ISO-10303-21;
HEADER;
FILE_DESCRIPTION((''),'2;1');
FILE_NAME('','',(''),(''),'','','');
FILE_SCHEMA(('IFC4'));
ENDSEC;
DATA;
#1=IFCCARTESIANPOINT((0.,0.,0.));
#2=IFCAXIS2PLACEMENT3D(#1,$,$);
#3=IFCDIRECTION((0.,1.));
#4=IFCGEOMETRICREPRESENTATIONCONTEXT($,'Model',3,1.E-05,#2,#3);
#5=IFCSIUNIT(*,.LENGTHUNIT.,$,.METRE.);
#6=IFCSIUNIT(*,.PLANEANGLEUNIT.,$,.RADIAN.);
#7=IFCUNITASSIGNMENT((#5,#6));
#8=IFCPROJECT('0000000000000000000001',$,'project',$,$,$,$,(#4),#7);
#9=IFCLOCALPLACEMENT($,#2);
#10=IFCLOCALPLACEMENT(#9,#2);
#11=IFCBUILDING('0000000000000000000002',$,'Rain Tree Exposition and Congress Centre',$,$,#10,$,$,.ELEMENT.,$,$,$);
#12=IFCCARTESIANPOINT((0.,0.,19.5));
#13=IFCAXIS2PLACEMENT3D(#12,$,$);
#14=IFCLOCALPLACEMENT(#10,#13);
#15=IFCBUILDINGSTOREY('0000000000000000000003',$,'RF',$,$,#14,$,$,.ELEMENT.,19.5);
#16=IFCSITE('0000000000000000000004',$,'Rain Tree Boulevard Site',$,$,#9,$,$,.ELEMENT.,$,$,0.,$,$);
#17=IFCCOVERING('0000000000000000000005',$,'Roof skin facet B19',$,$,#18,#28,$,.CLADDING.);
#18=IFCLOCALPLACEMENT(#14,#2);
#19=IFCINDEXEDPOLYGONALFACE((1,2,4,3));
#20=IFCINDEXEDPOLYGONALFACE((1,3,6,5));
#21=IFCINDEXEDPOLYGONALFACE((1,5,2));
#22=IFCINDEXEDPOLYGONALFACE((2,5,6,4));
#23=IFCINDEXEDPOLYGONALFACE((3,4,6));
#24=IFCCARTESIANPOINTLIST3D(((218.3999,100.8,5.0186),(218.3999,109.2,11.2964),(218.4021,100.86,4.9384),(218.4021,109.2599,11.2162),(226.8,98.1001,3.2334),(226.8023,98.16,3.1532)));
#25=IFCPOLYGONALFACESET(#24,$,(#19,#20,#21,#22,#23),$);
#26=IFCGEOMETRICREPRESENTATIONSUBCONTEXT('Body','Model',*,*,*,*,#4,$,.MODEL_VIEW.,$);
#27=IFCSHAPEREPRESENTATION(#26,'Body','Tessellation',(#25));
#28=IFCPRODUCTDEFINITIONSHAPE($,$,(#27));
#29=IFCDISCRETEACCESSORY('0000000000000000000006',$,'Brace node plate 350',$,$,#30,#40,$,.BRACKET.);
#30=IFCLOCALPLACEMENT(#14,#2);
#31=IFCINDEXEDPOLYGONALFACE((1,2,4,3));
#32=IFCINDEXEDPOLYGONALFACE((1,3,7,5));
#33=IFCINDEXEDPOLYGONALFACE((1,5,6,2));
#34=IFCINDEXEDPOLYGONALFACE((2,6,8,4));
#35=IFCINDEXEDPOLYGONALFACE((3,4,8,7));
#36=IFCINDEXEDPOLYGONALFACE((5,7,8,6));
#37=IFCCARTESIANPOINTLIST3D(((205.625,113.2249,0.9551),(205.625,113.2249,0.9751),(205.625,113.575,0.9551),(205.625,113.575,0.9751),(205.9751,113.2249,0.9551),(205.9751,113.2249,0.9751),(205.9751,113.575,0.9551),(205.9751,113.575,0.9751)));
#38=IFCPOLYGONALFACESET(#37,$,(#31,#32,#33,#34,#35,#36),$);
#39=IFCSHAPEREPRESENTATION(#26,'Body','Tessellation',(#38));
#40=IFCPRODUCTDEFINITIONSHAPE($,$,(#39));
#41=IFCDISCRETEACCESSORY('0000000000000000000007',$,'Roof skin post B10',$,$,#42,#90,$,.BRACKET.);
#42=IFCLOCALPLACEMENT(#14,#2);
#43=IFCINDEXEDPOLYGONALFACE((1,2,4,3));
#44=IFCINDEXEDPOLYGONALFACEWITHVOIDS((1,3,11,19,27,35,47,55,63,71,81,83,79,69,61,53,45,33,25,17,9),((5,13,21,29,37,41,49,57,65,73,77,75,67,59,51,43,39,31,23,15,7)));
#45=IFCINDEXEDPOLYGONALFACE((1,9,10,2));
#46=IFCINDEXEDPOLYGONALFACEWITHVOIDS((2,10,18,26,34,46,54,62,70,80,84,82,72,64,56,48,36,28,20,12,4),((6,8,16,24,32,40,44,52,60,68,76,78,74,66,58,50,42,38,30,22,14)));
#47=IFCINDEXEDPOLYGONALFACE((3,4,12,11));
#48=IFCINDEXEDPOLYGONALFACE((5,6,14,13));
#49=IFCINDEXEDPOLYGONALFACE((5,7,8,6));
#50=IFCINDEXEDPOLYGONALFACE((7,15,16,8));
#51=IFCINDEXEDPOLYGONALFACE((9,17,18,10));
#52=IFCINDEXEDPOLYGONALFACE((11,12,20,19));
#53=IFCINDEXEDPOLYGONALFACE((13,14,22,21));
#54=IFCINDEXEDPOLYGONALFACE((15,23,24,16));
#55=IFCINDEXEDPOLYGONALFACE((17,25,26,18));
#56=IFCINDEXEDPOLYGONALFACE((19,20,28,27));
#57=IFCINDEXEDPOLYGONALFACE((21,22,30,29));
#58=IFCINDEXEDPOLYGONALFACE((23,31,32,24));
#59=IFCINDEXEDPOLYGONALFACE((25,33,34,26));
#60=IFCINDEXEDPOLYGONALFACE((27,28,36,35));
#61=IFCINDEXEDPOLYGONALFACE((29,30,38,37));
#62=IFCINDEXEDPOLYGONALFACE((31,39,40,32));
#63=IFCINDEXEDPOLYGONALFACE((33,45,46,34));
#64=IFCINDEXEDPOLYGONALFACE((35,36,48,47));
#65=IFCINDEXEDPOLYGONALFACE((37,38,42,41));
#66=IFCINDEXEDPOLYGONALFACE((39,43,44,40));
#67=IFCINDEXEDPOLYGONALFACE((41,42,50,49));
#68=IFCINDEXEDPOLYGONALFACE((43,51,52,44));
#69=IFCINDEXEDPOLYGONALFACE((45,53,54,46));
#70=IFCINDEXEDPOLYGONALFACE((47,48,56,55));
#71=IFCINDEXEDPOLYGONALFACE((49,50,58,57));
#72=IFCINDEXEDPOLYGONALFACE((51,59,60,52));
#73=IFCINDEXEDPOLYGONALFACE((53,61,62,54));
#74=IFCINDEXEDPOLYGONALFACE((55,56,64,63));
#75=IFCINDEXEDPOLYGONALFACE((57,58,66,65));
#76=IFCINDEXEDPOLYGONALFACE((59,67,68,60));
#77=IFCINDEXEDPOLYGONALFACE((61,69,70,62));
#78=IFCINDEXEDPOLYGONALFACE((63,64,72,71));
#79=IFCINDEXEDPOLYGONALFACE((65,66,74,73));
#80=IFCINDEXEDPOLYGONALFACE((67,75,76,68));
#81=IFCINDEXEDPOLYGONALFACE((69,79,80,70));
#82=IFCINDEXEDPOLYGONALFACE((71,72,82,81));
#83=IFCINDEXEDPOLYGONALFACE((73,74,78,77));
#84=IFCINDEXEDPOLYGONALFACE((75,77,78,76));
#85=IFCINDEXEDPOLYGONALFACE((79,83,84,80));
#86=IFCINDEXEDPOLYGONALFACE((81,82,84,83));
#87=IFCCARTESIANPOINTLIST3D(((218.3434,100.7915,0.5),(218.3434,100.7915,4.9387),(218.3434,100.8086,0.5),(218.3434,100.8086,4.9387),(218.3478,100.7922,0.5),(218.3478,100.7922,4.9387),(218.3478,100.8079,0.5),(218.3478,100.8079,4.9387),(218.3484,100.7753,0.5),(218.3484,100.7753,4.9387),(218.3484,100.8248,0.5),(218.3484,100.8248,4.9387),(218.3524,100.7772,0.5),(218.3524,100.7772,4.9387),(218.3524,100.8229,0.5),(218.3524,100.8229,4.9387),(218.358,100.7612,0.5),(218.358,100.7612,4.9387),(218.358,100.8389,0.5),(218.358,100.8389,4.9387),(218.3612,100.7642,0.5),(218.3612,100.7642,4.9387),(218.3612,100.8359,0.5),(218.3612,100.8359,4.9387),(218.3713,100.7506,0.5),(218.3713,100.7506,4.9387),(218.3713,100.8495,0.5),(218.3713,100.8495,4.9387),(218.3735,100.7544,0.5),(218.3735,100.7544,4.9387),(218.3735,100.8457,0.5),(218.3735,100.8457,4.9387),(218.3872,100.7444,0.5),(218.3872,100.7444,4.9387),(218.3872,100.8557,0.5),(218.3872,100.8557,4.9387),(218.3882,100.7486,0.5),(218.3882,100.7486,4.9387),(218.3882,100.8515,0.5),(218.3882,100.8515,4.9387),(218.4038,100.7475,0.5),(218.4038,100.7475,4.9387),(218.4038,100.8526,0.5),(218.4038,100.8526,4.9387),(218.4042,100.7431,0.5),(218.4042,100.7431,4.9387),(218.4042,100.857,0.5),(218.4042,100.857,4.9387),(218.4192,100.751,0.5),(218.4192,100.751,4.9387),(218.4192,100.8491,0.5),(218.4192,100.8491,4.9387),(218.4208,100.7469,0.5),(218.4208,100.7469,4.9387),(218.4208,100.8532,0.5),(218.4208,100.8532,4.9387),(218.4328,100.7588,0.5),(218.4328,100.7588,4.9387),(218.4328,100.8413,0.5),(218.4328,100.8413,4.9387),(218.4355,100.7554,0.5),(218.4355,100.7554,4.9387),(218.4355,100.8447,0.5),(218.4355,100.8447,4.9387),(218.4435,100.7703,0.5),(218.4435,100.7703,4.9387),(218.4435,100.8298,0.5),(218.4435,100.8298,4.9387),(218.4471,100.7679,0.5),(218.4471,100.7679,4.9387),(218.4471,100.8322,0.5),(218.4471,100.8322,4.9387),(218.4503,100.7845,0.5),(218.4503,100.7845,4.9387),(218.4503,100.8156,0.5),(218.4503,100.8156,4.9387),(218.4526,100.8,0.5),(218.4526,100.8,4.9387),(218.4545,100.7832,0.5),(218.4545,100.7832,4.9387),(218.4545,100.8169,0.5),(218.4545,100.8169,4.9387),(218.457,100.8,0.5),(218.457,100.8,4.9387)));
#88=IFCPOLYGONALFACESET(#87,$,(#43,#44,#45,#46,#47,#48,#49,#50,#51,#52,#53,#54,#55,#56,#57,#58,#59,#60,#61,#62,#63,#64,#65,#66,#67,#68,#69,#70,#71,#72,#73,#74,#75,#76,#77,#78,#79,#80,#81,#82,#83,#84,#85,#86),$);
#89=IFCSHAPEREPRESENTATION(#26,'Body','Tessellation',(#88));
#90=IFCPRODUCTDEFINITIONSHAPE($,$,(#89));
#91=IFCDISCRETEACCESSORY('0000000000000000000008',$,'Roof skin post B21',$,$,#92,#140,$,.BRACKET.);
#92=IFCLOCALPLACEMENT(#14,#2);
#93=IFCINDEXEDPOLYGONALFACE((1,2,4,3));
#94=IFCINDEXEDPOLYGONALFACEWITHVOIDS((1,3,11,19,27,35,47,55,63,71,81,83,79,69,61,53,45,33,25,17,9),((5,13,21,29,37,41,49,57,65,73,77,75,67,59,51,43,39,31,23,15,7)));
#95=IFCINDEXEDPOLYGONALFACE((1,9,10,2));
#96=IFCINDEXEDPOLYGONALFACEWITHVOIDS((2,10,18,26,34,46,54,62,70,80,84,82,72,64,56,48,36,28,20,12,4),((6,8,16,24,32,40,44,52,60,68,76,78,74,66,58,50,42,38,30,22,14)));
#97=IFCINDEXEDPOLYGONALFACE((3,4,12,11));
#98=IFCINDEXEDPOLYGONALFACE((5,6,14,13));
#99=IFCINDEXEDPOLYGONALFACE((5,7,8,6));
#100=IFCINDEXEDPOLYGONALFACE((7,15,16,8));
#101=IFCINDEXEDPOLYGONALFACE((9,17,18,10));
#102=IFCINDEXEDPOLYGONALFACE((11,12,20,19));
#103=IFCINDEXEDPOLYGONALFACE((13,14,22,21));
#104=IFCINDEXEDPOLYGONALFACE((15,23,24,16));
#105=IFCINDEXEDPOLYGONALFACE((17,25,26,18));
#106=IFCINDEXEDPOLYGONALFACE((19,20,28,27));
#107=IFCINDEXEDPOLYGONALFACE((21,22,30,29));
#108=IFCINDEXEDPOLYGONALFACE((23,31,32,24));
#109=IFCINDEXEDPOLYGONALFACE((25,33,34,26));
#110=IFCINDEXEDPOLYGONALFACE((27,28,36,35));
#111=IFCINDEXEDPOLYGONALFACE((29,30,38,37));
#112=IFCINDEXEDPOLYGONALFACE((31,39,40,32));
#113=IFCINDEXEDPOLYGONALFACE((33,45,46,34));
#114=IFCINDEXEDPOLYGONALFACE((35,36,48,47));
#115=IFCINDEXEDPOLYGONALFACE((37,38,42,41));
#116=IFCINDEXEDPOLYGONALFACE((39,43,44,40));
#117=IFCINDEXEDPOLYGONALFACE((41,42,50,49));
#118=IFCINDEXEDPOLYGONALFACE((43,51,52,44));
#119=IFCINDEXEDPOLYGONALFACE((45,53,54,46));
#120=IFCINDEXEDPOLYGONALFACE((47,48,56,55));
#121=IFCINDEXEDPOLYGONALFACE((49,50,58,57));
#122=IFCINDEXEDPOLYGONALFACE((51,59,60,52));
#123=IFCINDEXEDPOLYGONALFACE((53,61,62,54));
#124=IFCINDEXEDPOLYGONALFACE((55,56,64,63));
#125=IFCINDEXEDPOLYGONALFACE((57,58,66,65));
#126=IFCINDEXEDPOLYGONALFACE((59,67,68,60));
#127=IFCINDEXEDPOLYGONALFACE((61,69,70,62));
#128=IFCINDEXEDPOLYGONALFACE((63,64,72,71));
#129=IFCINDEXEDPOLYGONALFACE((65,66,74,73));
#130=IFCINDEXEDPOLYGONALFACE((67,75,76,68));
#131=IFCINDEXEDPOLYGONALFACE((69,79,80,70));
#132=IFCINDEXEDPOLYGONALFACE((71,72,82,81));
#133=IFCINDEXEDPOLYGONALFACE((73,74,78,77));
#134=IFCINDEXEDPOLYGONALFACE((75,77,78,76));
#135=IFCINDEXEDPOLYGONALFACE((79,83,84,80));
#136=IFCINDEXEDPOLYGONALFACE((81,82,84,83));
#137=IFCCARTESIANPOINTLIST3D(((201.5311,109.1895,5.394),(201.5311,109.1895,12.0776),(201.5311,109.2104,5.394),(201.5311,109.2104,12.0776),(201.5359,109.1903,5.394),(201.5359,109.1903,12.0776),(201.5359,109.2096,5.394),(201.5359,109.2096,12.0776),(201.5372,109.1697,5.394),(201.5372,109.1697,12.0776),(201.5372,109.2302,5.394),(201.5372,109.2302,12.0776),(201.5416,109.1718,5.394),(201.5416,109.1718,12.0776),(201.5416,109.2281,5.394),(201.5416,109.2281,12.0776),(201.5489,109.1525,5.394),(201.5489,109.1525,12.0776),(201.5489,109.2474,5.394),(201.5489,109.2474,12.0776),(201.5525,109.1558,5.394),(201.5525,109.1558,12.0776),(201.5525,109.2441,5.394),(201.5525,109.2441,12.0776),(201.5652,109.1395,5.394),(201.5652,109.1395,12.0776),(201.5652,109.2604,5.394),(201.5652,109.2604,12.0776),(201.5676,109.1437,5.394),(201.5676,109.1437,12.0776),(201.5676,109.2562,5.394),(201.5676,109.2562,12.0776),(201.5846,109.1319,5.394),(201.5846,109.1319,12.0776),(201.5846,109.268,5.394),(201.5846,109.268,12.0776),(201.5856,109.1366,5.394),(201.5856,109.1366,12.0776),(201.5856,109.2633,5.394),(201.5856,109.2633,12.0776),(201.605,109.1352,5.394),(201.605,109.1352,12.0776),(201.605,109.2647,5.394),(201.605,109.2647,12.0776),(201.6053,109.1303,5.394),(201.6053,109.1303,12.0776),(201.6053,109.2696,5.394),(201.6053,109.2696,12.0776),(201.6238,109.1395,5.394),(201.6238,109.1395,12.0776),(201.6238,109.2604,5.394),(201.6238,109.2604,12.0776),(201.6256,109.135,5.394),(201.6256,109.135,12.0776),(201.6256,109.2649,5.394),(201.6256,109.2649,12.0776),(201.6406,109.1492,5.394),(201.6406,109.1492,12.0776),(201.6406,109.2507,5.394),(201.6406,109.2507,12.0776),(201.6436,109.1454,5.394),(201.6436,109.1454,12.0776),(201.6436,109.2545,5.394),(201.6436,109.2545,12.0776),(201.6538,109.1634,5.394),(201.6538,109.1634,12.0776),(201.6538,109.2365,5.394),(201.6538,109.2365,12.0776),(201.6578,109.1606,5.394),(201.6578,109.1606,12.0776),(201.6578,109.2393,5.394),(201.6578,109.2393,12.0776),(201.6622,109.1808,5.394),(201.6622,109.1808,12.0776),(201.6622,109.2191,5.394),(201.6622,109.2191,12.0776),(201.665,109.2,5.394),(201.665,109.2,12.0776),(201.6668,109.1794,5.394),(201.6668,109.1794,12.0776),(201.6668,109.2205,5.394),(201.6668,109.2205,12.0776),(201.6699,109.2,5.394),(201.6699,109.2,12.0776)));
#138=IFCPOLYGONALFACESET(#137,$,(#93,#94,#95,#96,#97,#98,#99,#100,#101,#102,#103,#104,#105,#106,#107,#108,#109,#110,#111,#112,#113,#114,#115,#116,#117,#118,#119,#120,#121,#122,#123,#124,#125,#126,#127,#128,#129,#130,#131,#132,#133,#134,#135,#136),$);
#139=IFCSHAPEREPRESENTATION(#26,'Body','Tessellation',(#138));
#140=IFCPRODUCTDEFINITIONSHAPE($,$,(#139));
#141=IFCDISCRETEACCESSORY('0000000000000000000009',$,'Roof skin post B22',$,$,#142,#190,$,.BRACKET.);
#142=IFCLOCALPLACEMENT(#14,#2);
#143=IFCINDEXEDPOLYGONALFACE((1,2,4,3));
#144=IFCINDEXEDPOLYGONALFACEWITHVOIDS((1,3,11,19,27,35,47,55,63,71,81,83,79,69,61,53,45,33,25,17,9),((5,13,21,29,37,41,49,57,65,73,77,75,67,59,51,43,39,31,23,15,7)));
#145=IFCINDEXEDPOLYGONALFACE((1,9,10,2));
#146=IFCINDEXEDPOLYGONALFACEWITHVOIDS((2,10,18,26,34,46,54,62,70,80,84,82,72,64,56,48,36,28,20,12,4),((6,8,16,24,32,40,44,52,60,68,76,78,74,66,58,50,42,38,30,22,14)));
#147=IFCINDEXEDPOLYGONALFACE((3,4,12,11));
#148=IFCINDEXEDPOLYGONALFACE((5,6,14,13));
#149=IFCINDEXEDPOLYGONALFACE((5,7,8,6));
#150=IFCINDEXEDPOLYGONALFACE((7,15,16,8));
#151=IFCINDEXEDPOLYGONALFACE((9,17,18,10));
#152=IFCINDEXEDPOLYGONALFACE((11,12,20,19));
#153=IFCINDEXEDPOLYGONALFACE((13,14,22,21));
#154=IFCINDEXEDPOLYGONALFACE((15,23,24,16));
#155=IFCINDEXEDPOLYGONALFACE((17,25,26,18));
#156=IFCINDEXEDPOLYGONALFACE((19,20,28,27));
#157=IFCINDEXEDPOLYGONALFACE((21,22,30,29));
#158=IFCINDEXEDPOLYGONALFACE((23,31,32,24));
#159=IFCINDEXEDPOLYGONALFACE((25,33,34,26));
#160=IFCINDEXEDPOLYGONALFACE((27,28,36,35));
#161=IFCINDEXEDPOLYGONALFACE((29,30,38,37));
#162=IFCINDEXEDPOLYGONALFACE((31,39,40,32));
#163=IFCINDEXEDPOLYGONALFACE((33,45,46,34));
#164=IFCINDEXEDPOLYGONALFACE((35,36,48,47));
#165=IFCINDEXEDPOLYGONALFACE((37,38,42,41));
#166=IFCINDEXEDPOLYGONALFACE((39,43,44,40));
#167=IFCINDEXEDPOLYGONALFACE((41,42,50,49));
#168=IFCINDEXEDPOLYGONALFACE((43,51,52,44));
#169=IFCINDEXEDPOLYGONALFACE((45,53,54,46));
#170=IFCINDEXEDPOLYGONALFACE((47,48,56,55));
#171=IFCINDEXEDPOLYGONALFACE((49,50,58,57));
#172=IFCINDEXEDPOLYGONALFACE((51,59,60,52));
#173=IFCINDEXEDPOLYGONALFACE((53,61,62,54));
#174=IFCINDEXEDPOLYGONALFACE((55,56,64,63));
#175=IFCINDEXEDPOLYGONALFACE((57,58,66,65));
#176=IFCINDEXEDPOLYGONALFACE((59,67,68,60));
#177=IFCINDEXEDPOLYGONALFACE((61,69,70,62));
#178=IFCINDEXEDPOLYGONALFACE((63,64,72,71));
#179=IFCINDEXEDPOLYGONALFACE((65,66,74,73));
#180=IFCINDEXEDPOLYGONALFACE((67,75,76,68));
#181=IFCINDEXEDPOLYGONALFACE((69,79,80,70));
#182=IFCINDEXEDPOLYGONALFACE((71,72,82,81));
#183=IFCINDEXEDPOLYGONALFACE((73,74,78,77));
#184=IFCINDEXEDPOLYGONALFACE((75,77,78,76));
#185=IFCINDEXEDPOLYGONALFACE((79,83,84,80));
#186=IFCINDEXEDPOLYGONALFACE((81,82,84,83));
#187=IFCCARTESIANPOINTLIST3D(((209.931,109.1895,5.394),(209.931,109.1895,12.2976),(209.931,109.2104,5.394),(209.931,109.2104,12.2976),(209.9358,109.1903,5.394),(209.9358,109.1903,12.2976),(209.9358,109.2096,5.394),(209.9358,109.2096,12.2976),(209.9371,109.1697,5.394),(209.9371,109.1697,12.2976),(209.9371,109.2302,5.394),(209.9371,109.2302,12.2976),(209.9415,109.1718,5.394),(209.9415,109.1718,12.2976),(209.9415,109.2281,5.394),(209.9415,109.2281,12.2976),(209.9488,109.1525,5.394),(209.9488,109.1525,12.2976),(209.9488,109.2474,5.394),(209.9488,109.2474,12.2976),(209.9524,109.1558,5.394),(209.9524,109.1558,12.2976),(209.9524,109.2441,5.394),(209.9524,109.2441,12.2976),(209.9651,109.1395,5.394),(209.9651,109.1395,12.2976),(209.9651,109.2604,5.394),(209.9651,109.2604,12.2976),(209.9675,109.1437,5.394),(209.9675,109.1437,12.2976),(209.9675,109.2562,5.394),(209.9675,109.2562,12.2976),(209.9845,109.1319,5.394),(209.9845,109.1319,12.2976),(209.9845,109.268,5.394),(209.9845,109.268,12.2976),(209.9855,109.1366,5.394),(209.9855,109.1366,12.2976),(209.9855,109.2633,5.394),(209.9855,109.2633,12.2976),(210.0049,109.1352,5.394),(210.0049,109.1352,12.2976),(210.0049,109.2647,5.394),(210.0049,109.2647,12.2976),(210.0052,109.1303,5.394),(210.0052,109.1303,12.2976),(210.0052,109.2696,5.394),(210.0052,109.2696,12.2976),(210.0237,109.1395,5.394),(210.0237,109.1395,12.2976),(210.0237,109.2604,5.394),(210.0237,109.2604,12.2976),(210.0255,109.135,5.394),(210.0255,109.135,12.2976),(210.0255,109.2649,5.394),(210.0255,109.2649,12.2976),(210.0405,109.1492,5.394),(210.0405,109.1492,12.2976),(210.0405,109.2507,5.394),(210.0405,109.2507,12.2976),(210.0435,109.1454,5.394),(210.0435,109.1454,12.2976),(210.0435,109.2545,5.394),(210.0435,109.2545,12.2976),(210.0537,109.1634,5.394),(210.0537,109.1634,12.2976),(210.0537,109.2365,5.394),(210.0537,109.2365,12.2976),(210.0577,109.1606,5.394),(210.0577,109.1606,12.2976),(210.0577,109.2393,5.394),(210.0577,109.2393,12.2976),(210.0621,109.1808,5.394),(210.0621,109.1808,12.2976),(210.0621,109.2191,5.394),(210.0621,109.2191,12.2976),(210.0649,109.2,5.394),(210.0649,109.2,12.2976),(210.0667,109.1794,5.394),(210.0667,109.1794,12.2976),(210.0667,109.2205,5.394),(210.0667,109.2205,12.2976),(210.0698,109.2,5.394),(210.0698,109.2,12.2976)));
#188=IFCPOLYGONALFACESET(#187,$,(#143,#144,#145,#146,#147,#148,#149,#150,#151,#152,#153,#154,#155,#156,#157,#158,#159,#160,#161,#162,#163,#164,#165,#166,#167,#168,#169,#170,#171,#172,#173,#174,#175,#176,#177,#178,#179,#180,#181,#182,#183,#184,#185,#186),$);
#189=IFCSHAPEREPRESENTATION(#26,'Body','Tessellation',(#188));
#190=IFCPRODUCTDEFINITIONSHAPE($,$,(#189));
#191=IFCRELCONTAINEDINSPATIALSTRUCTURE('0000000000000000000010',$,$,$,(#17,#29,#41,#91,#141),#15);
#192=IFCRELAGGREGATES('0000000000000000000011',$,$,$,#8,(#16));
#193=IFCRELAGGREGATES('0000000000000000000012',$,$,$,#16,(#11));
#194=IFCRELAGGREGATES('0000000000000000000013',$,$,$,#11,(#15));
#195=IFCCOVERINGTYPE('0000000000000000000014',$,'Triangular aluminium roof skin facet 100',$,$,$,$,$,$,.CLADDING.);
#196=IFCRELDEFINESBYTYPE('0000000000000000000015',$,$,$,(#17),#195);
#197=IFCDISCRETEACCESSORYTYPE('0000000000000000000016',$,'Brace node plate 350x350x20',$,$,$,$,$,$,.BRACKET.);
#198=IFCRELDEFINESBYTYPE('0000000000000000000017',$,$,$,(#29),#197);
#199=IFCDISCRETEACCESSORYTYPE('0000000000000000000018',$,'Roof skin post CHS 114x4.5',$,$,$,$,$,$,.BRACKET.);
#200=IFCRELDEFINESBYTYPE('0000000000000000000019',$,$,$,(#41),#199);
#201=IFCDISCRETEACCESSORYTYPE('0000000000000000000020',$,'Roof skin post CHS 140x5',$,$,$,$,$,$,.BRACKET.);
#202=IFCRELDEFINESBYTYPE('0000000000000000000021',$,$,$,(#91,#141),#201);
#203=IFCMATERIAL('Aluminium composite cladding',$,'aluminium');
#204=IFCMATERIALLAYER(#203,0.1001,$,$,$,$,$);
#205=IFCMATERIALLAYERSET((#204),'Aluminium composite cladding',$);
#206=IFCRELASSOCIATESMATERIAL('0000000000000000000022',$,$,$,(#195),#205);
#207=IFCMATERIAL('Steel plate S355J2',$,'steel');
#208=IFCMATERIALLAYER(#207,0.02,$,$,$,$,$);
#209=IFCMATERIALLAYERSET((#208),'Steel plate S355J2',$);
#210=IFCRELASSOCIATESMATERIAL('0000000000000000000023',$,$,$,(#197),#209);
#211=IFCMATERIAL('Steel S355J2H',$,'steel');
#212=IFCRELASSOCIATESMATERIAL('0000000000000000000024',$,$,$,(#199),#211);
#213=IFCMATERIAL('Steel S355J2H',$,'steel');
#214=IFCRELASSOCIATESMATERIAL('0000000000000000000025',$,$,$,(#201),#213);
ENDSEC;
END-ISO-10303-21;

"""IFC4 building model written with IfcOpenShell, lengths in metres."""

from ifc_helpers import new_model, si_unit, direction, frame, origin, origin_2d, place, context, subcontext, project, spatial, polyline, rectangle, hollow_circle, outline, extrude, material, layer, layer_set, material_profile, profile_set, type_object, element, save


model = new_model("IFC4")

# Units and contexts
model_context = context("Model", 3, precision=1e-05, world=origin(), true_north=direction((0.0, 1.0)))
body_context = subcontext(model_context, "Body", "Model", "MODEL_VIEW")
ifc_project = project(units=[si_unit("LENGTHUNIT", "METRE"), si_unit("PLANEANGLEUNIT", "RADIAN")], contexts=[model_context])

# Site, building, storey
site_placement = place(None, origin())
site = spatial("IfcSite", under=ifc_project, at=site_placement, Name="Rain Tree Boulevard Site", CompositionType="ELEMENT", RefElevation=0.0)
building_placement = place(site_placement, origin())
building = spatial("IfcBuilding", under=site, at=building_placement, Name="Rain Tree Exposition and Congress Centre", CompositionType="ELEMENT")
storey_placement = place(building_placement, frame((0.0, 0.0, 19.5)))
storey = spatial("IfcBuildingStorey", under=building, at=storey_placement, Name="RF", CompositionType="ELEMENT", Elevation=19.5)

# Covering
ifc_material_1 = material(Name="Aluminium composite cladding", Category="aluminium")
ifc_layer_1 = layer(ifc_material_1, 0.1001)
ifc_layer_set_1 = layer_set([ifc_layer_1], Name="Aluminium composite cladding")
covering_type = type_object("IfcCoveringType", Name="Triangular aluminium roof skin facet 100", PredefinedType="CLADDING", material=ifc_layer_set_1)
covering_1_placement = place(storey_placement, frame((218.3999, 100.8, 5.0186), z_axis=(-0.022185, -0.598503, 0.800813), x_axis=(0.933125, -0.299922, -0.198303)))
element("IfcCovering", 1, at=covering_1_placement, inside=storey, type_object=covering_type, Name="Roof skin facet B19", PredefinedType="CLADDING", context=body_context, shape_type="SweptSolid", body=[
    extrude(outline(polyline([(0.0, 0.0), (9.0022, 0.0), (-3.7642, 9.7878), (0.0, 0.0)])), origin(), (0.0, 0.0, -1.0), 0.1001),
])

# Discrete accessories
ifc_material_2 = material(Name="Steel plate S355J2", Category="steel")
ifc_layer_2 = layer(ifc_material_2, 0.02)
ifc_layer_set_2 = layer_set([ifc_layer_2], Name="Steel plate S355J2")
discrete_accessory_type_1 = type_object("IfcDiscreteAccessoryType", Name="Brace node plate 350x350x20", PredefinedType="BRACKET", material=ifc_layer_set_2)
discrete_accessory_1_placement = place(storey_placement, frame((205.8, 113.3999, 0.9551), z_axis=(0.0, 0.0, 1.0), x_axis=(1.0, 0.0, 0.0)))
element("IfcDiscreteAccessory", 2, at=discrete_accessory_1_placement, inside=storey, type_object=discrete_accessory_type_1, Name="Brace node plate 350", PredefinedType="BRACKET", context=body_context, shape_type="SweptSolid", body=[
    extrude(rectangle(XDim=0.3501, YDim=0.3501, at=origin_2d()), origin(), (0.0, 0.0, 1.0), 0.02),
])
ifc_material_3 = material(Name="Steel S355J2H", Category="steel")
ifc_material_profile_1 = material_profile(ifc_material_3, hollow_circle(Radius=0.0571, WallThickness=0.0044, at=origin_2d()), Name="CHS 114x4.5")
ifc_profile_set_1 = profile_set([ifc_material_profile_1], Name="Steel S355J2H")
discrete_accessory_type_2 = type_object("IfcDiscreteAccessoryType", Name="Roof skin post CHS 114x4.5", PredefinedType="BRACKET", material=ifc_profile_set_1)
discrete_accessory_2_placement = place(storey_placement, frame((218.3999, 100.8, 0.5), z_axis=(0.0, 0.0, 1.0), x_axis=(1.0, 0.0, 0.0)))
element("IfcDiscreteAccessory", 3, at=discrete_accessory_2_placement, inside=storey, type_object=discrete_accessory_type_2, Name="Roof skin post B10", PredefinedType="BRACKET", context=body_context, shape_type="SweptSolid", body=[
    extrude(hollow_circle(Radius=0.0571, WallThickness=0.0044, at=origin_2d()), origin(), (0.0, 0.0, 1.0), 4.4387),
])
ifc_material_4 = material(Name="Steel S355J2H", Category="steel")
ifc_material_profile_2 = material_profile(ifc_material_4, hollow_circle(Radius=0.0698, WallThickness=0.0049, at=origin_2d()), Name="CHS 140x5")
ifc_profile_set_2 = profile_set([ifc_material_profile_2], Name="Steel S355J2H")
discrete_accessory_type_3 = type_object("IfcDiscreteAccessoryType", Name="Roof skin post CHS 140x5", PredefinedType="BRACKET", material=ifc_profile_set_2)
discrete_accessory_3_placement = place(storey_placement, frame((201.6001, 109.2, 5.394), z_axis=(0.0, 0.0, 1.0), x_axis=(1.0, 0.0, 0.0)))
element("IfcDiscreteAccessory", 4, at=discrete_accessory_3_placement, inside=storey, type_object=discrete_accessory_type_3, Name="Roof skin post B21", PredefinedType="BRACKET", context=body_context, shape_type="SweptSolid", body=[
    extrude(hollow_circle(Radius=0.0698, WallThickness=0.0049, at=origin_2d()), origin(), (0.0, 0.0, 1.0), 6.6836),
])
discrete_accessory_4_placement = place(storey_placement, frame((210.0, 109.2, 5.394), z_axis=(0.0, 0.0, 1.0), x_axis=(1.0, 0.0, 0.0)))
element("IfcDiscreteAccessory", 5, at=discrete_accessory_4_placement, inside=storey, type_object=discrete_accessory_type_3, Name="Roof skin post B22", PredefinedType="BRACKET", context=body_context, shape_type="SweptSolid", body=[
    extrude(hollow_circle(Radius=0.0698, WallThickness=0.0049, at=origin_2d()), origin(), (0.0, 0.0, 1.0), 6.9036),
])

save(model, "model.ifc")
